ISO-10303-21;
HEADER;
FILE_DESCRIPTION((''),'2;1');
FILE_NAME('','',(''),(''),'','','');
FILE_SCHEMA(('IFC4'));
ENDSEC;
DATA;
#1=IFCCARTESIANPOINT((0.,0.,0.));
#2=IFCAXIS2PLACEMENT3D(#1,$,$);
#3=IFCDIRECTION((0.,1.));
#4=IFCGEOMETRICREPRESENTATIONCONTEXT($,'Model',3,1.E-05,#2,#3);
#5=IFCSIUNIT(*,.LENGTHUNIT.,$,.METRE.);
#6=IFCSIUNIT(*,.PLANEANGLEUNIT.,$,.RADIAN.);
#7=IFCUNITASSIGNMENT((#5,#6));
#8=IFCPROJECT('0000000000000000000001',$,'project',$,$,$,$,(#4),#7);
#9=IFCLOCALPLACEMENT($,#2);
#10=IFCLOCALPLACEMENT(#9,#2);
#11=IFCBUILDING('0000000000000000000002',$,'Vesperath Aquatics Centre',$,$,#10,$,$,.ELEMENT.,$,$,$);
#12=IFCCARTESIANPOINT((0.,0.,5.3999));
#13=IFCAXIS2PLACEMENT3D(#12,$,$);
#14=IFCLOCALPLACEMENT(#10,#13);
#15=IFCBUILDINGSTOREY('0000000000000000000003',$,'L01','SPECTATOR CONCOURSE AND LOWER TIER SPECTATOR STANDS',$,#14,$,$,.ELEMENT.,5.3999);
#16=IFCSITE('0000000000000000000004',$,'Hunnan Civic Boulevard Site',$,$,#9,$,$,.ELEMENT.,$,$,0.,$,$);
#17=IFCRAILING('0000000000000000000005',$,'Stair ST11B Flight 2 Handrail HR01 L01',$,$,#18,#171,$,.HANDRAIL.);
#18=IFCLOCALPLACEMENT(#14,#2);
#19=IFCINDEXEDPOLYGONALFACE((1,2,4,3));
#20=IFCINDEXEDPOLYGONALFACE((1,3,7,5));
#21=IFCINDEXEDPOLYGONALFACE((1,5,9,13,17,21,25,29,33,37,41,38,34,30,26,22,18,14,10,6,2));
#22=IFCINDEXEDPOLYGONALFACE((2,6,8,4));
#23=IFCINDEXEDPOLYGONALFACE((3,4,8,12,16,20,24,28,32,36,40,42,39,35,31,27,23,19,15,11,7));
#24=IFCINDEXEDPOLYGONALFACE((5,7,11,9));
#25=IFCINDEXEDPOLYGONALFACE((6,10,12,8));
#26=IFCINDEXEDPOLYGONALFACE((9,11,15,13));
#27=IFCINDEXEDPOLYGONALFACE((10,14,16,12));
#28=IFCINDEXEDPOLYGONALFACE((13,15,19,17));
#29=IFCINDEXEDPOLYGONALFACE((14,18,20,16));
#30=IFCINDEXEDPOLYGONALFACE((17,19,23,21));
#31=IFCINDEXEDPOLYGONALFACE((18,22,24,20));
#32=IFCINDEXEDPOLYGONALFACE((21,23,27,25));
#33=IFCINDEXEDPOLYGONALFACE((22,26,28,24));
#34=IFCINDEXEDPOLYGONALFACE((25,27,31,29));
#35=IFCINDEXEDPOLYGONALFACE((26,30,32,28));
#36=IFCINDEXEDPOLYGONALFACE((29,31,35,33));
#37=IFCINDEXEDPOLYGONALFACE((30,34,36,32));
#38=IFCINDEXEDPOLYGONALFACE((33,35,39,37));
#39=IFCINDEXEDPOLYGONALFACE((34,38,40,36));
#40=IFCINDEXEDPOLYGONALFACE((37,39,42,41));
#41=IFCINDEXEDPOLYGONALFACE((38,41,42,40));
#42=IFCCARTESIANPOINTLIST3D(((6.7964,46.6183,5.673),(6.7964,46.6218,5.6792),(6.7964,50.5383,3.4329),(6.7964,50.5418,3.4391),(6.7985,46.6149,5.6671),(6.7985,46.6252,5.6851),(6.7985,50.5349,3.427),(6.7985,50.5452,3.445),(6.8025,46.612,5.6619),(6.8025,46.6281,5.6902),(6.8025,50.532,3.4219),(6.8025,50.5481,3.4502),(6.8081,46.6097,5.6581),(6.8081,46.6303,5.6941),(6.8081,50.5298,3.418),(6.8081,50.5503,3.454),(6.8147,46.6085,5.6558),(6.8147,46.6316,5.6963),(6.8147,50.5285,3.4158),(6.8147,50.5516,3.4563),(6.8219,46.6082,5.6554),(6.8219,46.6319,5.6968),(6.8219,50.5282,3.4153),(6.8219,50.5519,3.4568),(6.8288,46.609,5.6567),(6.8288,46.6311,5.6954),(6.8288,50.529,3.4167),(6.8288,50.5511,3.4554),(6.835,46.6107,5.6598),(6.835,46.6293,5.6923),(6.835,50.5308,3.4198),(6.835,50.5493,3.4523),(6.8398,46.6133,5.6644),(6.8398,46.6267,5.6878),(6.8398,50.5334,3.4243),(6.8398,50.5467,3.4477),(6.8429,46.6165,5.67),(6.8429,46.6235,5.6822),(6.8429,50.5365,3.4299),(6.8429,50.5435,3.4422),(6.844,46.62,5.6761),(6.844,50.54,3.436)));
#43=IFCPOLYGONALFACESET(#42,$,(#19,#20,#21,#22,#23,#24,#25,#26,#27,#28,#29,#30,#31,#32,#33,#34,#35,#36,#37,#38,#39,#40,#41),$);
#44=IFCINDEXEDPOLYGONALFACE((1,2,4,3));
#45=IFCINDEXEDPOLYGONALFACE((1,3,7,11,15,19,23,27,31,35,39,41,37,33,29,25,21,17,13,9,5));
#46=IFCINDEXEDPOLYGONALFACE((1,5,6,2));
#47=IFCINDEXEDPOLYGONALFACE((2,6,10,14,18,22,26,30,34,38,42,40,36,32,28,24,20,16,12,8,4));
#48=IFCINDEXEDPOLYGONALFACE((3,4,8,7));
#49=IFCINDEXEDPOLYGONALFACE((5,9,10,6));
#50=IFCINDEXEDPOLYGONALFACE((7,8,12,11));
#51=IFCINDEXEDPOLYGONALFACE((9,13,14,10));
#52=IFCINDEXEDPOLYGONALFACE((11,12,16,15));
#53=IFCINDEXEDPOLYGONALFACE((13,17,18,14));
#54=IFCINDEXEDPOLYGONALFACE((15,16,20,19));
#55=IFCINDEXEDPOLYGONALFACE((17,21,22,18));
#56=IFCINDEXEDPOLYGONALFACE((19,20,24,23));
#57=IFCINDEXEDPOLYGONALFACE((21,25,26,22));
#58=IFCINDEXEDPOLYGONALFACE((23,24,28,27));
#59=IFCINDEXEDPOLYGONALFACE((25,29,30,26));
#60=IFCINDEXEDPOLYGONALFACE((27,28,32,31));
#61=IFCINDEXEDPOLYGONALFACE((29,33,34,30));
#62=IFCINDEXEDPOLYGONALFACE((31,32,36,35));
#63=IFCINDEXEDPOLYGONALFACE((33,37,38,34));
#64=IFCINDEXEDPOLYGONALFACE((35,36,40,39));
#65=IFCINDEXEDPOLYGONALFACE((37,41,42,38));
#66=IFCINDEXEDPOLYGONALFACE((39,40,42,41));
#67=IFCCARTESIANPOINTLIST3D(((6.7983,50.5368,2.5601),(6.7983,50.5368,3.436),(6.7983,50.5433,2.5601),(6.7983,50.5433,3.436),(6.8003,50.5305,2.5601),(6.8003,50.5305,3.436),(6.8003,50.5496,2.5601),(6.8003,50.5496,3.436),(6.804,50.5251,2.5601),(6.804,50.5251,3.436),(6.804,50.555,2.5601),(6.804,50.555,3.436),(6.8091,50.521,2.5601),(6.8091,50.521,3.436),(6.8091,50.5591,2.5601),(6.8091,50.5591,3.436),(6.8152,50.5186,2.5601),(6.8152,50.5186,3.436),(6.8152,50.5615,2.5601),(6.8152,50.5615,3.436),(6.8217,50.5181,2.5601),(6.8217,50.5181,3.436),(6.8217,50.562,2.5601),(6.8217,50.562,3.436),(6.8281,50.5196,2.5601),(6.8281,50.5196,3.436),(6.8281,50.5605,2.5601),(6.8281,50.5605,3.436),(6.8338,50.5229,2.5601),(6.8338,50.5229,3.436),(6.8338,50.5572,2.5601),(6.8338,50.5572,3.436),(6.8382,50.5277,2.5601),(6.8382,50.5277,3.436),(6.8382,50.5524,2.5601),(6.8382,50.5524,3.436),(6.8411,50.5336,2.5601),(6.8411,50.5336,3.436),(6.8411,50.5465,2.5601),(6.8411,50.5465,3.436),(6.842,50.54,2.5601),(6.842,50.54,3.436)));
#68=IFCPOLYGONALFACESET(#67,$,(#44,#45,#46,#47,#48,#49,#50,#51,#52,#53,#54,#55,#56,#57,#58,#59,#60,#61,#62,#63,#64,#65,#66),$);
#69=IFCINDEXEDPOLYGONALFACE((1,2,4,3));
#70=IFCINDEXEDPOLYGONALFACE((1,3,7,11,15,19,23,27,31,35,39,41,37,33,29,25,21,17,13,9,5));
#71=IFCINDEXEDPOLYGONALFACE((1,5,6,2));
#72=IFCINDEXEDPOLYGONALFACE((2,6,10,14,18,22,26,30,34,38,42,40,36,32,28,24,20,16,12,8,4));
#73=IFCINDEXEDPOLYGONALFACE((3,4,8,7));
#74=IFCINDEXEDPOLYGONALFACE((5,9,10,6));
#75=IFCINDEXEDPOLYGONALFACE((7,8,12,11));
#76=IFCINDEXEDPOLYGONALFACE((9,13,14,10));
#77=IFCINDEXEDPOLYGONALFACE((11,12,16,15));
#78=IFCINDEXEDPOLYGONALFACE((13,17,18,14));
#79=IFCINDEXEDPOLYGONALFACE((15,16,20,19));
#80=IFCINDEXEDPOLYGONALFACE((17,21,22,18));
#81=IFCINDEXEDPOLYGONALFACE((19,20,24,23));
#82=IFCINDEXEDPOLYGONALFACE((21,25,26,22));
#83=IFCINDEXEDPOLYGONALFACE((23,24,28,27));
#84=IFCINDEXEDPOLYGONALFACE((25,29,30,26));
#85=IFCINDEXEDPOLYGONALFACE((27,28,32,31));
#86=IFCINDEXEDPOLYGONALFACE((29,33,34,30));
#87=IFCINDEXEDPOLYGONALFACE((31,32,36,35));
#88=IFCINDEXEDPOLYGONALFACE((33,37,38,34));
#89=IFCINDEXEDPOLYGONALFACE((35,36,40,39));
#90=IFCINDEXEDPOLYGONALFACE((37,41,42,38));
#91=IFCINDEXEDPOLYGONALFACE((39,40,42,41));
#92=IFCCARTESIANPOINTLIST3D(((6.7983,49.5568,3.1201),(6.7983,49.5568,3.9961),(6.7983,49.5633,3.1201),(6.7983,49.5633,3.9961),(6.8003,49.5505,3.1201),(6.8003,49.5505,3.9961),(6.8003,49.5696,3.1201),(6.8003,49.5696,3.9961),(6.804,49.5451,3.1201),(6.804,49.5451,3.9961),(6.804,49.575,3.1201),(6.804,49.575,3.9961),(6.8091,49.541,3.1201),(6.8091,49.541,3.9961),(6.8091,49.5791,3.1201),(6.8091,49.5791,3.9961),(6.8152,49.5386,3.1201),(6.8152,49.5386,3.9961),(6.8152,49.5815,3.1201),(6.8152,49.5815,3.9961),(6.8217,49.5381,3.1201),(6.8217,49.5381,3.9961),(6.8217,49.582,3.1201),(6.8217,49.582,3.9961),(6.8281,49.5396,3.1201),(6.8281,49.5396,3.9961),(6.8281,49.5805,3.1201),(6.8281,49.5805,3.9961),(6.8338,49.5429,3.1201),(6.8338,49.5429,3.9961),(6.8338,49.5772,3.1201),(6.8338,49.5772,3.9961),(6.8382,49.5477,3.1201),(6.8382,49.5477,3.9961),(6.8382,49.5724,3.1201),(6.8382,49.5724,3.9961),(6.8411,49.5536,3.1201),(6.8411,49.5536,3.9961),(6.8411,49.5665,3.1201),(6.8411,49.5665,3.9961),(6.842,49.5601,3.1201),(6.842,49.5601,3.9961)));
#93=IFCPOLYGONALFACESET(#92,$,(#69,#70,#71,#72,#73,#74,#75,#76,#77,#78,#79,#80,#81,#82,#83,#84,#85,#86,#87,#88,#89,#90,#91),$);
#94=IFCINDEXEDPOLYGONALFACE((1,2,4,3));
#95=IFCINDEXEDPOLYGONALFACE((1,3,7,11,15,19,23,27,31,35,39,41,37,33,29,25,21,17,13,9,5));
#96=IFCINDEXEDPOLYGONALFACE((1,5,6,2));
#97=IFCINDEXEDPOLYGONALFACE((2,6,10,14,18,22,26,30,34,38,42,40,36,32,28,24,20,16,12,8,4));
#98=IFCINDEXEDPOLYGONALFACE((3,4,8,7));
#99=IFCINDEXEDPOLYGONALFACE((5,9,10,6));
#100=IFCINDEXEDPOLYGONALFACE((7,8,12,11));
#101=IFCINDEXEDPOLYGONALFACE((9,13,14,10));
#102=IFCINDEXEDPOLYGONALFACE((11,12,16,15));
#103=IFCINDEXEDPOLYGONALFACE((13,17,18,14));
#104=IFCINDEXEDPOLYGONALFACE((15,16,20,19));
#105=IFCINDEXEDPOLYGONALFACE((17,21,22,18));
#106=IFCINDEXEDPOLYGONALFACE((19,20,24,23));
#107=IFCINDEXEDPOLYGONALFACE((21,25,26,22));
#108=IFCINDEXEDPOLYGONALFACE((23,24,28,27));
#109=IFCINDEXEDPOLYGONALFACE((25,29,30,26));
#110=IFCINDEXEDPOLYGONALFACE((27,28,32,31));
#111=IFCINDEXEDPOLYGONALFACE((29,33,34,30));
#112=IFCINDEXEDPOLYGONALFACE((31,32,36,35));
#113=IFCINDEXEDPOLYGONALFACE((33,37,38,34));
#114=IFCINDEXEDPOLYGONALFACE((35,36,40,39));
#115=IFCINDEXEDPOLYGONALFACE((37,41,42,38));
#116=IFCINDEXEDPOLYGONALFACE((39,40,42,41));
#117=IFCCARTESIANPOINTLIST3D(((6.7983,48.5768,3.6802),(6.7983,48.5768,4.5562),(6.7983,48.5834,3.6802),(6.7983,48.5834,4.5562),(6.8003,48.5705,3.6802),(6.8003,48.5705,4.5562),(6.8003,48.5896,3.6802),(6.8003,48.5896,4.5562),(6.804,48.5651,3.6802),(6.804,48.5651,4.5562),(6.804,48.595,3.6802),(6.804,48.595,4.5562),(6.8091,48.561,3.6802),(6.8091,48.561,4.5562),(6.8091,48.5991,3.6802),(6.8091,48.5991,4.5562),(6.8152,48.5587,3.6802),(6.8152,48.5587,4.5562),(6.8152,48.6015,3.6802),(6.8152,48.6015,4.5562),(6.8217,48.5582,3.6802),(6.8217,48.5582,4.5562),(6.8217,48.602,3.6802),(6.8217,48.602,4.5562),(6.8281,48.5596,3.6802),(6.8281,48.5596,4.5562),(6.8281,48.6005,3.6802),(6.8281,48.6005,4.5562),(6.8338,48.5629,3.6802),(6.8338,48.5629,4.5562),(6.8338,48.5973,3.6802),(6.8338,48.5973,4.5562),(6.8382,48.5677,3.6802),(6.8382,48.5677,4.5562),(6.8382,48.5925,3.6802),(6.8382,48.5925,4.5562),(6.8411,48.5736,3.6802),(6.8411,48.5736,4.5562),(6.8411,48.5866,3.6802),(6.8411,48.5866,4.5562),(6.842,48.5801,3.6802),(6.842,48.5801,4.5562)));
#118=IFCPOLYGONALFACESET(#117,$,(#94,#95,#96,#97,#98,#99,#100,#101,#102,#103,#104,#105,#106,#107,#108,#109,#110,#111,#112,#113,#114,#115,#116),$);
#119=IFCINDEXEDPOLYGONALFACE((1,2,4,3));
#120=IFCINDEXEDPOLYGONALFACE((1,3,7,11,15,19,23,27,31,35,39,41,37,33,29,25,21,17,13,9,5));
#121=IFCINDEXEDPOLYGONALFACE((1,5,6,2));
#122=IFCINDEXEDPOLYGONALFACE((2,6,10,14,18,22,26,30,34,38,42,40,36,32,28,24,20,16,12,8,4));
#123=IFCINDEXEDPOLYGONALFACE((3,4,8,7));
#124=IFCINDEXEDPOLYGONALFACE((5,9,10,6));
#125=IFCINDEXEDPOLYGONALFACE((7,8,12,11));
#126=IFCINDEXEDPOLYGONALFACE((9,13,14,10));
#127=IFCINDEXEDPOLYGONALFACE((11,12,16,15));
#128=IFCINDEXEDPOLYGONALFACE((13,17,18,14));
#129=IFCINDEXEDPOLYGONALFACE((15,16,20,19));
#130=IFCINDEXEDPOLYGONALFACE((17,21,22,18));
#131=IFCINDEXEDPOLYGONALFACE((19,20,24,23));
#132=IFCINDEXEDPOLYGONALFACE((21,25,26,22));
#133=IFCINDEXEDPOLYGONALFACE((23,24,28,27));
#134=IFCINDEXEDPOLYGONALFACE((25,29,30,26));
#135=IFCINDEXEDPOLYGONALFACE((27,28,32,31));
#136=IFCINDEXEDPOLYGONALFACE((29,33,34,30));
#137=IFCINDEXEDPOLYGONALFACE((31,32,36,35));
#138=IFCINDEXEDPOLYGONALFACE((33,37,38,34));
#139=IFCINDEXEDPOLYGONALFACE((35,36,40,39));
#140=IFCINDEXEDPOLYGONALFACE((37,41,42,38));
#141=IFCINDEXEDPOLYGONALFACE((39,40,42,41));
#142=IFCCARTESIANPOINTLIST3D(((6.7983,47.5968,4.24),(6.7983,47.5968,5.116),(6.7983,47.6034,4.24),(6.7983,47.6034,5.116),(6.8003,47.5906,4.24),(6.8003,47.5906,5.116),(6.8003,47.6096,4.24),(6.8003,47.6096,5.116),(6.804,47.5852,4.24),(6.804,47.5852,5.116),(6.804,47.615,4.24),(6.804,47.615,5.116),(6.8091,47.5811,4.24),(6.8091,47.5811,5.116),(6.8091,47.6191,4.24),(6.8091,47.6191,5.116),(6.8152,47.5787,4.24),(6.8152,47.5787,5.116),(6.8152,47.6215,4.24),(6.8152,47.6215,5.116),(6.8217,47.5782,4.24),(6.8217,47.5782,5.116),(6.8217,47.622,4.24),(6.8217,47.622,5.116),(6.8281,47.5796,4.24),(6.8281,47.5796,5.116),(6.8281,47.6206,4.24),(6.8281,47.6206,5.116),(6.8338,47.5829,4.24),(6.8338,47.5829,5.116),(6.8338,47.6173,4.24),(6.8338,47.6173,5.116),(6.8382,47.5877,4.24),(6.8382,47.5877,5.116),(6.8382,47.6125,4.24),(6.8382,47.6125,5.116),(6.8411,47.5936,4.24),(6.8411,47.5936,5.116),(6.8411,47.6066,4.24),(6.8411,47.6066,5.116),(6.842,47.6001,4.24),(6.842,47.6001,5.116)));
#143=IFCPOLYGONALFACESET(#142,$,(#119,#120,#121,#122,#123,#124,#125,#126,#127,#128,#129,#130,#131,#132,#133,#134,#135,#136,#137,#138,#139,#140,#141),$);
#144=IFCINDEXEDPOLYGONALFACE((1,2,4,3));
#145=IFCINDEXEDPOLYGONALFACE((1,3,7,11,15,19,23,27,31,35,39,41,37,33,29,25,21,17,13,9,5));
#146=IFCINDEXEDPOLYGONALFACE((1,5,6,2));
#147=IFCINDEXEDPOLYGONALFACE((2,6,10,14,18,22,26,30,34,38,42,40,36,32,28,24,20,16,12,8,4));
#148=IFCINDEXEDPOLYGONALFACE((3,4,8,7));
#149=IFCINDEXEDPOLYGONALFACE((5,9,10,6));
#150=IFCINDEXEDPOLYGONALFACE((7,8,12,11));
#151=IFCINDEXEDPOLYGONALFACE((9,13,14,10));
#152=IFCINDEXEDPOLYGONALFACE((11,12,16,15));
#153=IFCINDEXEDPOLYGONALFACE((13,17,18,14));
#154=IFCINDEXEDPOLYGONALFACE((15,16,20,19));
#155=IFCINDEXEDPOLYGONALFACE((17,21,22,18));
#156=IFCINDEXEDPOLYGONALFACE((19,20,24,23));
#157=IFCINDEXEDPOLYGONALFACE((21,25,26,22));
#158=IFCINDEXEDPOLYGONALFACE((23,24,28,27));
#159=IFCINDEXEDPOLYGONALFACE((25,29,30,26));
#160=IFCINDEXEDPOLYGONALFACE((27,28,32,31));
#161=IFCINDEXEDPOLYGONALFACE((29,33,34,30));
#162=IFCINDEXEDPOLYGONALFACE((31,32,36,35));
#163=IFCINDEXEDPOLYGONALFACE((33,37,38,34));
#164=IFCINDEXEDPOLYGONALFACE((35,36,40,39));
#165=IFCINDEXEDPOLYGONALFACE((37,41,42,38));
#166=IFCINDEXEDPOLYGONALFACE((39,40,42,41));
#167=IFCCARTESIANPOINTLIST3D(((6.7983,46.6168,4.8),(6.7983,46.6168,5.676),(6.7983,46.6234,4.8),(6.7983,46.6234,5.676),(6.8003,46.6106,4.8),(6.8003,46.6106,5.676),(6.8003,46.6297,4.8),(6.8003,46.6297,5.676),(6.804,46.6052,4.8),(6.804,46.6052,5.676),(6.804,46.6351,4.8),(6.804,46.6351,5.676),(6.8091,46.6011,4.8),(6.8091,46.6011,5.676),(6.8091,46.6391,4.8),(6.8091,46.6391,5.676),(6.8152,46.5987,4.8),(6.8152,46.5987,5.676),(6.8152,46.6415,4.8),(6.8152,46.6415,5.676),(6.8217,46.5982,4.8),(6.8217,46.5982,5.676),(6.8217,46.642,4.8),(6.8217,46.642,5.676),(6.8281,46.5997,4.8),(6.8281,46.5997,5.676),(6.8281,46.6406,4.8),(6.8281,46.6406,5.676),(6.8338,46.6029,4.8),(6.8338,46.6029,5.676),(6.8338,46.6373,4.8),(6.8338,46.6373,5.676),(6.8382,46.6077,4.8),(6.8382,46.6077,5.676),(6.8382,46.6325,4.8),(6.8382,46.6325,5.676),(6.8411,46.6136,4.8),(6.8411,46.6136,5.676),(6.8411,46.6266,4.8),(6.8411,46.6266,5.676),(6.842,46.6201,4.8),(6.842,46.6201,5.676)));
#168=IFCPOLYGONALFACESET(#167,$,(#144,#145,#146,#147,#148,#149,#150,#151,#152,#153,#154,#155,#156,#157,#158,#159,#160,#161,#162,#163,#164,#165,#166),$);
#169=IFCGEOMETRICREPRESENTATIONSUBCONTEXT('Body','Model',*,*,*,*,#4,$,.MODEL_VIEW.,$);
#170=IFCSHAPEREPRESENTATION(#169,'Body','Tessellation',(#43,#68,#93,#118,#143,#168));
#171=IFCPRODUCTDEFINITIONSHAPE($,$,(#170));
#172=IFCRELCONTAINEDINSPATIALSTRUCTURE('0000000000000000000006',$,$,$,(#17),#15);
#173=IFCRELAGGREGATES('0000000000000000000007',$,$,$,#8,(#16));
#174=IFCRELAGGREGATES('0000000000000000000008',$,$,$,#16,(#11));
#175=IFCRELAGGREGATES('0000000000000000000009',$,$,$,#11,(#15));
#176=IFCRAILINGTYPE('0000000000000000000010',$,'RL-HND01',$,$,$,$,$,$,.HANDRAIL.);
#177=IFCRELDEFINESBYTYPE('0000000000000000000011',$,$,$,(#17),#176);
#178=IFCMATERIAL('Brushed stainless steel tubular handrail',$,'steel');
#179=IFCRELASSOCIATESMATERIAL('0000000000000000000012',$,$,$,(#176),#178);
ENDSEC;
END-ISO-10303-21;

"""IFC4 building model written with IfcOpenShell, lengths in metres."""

from ifc_helpers import new_model, si_unit, direction, frame, origin, origin_2d, place, context, subcontext, project, spatial, circle, extrude, material, type_object, element, save


model = new_model("IFC4")

# Units and contexts
model_context = context("Model", 3, precision=1e-05, world=origin(), true_north=direction((0.0, 1.0)))
body_context = subcontext(model_context, "Body", "Model", "MODEL_VIEW")
ifc_project = project(units=[si_unit("LENGTHUNIT", "METRE"), si_unit("PLANEANGLEUNIT", "RADIAN")], contexts=[model_context])

# Site, building, storey
site_placement = place(None, origin())
site = spatial("IfcSite", under=ifc_project, at=site_placement, Name="Hunnan Civic Boulevard Site", CompositionType="ELEMENT", RefElevation=0.0)
building_placement = place(site_placement, origin())
building = spatial("IfcBuilding", under=site, at=building_placement, Name="Vesperath Aquatics Centre", CompositionType="ELEMENT")
storey_placement = place(building_placement, frame((0.0, 0.0, 5.3999)))
storey = spatial("IfcBuildingStorey", under=building, at=storey_placement, Name="L01", Description="SPECTATOR CONCOURSE AND LOWER TIER SPECTATOR STANDS", CompositionType="ELEMENT", Elevation=5.3999)

# Railing
ifc_material_1 = material(Name="Brushed stainless steel tubular handrail", Category="steel")
railing_type_1 = type_object("IfcRailingType", Name="RL-HND01", PredefinedType="HANDRAIL", material=ifc_material_1)
railing_1_placement = place(storey_placement, frame((6.8201, 50.54, 2.5601)))
element("IfcRailing", 1, at=railing_1_placement, inside=storey, type_object=railing_type_1, Name="Stair ST11B Flight 2 Handrail HR01 L01", PredefinedType="HANDRAIL", context=body_context, shape_type="SweptSolid", body=[
    extrude(circle(Radius=0.0239, at=origin_2d()), frame((0.0, 0.0, 0.876), z_axis=(0.0, -0.86824, 0.496145), x_axis=(1.0, 0.0, 0.0)), (0.0, 0.0, 1.0), 4.5149),
    extrude(circle(Radius=0.022, at=origin_2d()), origin(), (0.0, 0.0, 1.0), 0.876),
    extrude(circle(Radius=0.022, at=origin_2d()), frame((0.0, -0.98, 0.5601)), (0.0, 0.0, 1.0), 0.876),
    extrude(circle(Radius=0.022, at=origin_2d()), frame((0.0, -1.96, 1.1201)), (0.0, 0.0, 1.0), 0.876),
    extrude(circle(Radius=0.022, at=origin_2d()), frame((0.0, -2.9399, 1.6799)), (0.0, 0.0, 1.0), 0.876),
    extrude(circle(Radius=0.022, at=origin_2d()), frame((0.0, -3.9199, 2.24)), (0.0, 0.0, 1.0), 0.876),
])

save(model, "model.ifc")
